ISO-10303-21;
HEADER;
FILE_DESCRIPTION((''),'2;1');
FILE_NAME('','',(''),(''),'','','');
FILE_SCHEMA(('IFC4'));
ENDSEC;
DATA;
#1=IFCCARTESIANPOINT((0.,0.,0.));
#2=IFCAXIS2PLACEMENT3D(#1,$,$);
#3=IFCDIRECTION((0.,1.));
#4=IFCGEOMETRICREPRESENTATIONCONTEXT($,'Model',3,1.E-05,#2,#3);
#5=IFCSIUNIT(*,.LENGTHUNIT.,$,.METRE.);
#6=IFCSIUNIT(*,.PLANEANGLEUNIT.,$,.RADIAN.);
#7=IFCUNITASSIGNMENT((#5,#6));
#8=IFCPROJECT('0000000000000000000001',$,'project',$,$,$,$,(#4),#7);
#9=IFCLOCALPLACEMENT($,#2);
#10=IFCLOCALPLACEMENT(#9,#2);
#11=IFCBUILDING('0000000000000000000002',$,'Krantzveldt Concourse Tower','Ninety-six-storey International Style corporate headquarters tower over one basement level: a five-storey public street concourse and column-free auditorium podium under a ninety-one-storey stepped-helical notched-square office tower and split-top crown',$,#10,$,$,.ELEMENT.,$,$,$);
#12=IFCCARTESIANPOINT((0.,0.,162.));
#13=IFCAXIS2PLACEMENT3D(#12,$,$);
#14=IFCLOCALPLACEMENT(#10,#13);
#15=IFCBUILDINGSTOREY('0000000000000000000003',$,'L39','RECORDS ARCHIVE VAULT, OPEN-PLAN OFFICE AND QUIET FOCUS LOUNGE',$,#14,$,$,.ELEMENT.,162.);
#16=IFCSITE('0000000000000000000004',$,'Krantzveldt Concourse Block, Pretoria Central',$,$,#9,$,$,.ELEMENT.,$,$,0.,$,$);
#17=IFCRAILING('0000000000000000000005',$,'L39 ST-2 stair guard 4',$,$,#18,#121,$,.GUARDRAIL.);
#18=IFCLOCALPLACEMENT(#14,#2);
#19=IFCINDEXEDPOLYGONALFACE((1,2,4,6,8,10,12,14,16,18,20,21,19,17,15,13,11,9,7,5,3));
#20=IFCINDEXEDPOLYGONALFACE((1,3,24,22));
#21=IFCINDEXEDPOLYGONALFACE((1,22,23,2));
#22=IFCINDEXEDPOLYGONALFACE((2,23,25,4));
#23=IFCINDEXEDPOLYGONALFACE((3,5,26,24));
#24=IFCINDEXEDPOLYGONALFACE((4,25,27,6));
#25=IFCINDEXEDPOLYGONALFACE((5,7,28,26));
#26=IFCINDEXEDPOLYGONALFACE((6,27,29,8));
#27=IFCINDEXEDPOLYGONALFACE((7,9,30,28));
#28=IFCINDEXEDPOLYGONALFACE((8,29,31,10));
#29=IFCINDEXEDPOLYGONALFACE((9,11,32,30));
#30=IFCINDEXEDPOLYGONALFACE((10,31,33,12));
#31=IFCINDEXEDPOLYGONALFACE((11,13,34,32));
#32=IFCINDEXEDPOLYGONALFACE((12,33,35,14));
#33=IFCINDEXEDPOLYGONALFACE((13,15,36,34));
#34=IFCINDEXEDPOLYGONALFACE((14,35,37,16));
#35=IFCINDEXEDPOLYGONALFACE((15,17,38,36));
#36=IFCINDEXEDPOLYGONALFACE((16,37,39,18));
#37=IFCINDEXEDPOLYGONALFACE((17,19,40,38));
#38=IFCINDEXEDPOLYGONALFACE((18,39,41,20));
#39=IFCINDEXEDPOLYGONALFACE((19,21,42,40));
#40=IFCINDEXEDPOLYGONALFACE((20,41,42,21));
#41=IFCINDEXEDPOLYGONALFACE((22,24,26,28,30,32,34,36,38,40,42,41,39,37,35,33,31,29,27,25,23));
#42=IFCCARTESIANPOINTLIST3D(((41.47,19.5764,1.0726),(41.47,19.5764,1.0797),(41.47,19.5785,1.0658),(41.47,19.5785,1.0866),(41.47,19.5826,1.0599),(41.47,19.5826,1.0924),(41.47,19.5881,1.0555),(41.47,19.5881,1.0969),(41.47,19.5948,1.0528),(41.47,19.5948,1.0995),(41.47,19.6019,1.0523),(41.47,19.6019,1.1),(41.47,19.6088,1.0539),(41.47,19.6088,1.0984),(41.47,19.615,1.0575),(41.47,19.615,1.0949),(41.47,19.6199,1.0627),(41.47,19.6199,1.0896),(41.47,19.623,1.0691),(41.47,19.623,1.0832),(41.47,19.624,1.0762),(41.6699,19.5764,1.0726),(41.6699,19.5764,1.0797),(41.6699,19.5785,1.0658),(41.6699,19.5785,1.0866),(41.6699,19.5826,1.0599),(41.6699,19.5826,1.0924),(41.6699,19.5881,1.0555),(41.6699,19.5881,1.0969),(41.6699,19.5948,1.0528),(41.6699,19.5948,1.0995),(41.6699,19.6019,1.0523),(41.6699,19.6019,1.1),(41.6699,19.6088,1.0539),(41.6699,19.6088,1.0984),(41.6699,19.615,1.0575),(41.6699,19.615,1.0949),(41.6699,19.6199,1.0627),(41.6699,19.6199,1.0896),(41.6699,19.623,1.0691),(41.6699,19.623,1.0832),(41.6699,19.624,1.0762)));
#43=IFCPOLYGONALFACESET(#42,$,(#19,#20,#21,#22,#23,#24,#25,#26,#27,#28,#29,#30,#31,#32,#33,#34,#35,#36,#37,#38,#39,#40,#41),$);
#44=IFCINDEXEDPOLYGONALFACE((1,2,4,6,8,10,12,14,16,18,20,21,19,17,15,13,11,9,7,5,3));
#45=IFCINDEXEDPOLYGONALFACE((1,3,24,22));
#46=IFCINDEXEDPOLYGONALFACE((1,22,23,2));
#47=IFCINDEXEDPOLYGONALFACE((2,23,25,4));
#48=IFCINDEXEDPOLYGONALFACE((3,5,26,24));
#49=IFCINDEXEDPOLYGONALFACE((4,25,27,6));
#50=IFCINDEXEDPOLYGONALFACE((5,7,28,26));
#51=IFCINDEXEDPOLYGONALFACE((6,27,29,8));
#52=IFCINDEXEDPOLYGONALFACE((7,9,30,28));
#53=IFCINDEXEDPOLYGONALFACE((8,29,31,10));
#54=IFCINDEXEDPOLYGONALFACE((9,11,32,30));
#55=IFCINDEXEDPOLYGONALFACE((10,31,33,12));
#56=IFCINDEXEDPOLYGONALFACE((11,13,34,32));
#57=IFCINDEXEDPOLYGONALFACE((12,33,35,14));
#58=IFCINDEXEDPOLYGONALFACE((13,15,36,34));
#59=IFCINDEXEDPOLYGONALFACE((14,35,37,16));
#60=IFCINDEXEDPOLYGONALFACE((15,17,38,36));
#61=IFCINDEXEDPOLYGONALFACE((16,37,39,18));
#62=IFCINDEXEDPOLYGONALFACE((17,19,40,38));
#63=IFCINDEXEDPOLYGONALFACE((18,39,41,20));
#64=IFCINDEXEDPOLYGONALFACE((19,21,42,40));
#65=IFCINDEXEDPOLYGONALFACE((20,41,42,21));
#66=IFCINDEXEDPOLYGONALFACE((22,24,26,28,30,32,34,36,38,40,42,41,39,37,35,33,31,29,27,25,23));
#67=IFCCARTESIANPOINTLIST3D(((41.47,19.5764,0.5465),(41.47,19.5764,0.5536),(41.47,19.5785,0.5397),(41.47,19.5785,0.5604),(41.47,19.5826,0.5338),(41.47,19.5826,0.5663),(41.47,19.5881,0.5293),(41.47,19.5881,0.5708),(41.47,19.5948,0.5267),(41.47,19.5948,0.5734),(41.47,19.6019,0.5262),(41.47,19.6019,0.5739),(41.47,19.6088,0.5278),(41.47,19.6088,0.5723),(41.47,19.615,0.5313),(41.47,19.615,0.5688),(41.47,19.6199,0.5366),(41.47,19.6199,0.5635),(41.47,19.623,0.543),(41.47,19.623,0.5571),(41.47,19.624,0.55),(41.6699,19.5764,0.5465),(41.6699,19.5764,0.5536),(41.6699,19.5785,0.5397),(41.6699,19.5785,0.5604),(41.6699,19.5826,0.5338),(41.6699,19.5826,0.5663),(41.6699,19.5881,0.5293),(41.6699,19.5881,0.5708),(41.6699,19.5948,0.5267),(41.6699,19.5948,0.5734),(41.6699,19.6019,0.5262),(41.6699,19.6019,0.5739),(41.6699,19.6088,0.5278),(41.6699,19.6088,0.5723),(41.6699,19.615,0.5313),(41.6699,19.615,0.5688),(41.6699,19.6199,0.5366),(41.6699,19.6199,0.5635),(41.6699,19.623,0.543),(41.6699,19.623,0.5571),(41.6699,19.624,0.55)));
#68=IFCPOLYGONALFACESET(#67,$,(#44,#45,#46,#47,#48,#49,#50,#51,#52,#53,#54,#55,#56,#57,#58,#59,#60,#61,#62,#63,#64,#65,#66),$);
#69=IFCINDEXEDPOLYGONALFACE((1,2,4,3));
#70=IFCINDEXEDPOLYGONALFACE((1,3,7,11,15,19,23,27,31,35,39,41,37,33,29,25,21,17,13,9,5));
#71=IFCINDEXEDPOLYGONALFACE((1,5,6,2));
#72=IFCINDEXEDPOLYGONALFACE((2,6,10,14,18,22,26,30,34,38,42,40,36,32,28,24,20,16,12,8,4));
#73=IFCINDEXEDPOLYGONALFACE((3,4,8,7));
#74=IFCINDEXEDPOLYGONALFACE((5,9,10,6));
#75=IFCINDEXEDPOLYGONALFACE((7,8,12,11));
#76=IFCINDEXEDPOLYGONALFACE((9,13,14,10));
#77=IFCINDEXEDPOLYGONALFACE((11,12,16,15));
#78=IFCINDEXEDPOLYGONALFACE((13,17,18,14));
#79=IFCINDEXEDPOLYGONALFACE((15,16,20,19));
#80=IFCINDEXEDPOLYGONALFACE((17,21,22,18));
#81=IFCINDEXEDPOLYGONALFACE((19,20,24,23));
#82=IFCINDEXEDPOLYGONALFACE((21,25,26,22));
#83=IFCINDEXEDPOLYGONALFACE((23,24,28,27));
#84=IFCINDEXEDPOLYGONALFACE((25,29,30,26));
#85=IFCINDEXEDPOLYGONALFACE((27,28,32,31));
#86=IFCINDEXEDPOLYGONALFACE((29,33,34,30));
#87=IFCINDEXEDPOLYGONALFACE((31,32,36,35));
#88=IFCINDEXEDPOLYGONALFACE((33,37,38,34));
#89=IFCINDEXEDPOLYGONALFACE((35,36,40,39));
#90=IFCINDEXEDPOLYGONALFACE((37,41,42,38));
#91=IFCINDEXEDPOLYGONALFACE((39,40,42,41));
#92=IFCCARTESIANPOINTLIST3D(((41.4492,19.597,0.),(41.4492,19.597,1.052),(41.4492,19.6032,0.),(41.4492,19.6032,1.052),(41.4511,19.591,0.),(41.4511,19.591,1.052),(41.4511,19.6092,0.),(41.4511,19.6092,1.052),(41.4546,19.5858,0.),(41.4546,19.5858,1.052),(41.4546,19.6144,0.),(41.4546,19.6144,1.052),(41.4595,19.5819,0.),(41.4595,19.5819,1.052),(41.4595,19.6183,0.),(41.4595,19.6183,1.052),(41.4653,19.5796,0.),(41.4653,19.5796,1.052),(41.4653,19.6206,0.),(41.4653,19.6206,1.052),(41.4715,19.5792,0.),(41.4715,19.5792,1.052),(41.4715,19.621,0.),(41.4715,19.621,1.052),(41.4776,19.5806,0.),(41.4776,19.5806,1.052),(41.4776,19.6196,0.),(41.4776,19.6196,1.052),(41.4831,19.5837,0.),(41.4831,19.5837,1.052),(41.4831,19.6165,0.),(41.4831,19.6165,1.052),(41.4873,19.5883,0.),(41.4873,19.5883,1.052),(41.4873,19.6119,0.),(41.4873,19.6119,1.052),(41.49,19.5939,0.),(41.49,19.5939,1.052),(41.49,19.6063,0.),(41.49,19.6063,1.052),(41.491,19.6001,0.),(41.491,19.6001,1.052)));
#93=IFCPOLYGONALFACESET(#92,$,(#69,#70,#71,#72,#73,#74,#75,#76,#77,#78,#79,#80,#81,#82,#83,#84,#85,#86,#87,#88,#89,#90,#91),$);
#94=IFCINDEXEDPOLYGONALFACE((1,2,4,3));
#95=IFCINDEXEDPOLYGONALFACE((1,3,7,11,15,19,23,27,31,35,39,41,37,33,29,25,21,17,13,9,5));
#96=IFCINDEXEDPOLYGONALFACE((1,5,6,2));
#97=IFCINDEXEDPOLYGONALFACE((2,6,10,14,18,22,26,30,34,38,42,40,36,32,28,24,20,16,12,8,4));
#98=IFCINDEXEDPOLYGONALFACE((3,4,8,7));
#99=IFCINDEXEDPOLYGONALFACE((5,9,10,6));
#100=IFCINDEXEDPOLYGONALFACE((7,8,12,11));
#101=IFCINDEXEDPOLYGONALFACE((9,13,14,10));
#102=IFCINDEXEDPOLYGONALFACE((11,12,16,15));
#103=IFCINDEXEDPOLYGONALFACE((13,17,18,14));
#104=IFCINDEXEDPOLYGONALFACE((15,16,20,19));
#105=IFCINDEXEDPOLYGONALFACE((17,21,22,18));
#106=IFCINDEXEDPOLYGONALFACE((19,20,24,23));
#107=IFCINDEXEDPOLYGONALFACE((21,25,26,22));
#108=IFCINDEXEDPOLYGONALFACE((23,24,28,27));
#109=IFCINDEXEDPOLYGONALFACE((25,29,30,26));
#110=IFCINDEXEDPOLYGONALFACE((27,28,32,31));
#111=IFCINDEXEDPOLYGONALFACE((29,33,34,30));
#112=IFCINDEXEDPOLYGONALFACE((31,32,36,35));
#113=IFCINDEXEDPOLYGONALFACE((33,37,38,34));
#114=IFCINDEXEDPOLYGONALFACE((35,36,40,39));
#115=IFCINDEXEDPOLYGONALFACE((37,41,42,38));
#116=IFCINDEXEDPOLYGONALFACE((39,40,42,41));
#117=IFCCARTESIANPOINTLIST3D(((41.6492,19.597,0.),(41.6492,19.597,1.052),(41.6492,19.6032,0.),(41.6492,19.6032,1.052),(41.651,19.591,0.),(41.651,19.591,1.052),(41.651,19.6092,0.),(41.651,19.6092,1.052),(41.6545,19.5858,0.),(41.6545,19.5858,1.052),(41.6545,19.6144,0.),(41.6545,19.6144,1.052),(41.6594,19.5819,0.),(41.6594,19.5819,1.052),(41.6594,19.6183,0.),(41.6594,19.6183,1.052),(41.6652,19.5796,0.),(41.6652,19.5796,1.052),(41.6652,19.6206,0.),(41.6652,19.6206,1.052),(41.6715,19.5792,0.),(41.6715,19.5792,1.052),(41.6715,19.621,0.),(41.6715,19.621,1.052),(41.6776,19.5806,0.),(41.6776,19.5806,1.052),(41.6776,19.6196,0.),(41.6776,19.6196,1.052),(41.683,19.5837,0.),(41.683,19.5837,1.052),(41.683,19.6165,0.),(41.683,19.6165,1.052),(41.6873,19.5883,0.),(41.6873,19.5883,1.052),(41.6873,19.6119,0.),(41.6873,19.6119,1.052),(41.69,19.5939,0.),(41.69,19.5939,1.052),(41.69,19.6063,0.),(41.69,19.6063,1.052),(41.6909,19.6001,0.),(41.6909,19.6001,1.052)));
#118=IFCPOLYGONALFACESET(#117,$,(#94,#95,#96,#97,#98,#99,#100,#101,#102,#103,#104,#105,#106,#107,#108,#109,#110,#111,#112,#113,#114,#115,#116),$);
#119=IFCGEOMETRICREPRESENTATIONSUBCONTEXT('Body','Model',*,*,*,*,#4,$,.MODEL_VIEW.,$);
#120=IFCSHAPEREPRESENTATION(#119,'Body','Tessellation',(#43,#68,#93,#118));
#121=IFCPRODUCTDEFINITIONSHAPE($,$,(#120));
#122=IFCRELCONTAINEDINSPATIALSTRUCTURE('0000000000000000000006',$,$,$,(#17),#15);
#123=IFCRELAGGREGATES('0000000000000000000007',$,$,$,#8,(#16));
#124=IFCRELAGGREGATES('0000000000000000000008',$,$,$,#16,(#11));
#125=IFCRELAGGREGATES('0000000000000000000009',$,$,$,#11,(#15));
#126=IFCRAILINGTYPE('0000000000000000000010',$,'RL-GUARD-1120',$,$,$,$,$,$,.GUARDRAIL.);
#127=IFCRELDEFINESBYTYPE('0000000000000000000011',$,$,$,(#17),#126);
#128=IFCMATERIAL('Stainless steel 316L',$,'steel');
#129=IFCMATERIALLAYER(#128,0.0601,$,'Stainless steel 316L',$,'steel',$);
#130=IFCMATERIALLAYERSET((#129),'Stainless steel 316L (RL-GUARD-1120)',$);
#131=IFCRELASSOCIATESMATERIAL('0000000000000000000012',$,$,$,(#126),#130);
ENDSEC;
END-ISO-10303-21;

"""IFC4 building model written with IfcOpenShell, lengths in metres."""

from ifc_helpers import new_model, si_unit, direction, frame, origin, origin_2d, place, context, subcontext, project, spatial, circle, extrude, material, layer, layer_set, type_object, element, save


model = new_model("IFC4")

# Units and contexts
model_context = context("Model", 3, precision=1e-05, world=origin(), true_north=direction((0.0, 1.0)))
body_context = subcontext(model_context, "Body", "Model", "MODEL_VIEW")
ifc_project = project(units=[si_unit("LENGTHUNIT", "METRE"), si_unit("PLANEANGLEUNIT", "RADIAN")], contexts=[model_context])

# Site, building, storey
site_placement = place(None, origin())
site = spatial("IfcSite", under=ifc_project, at=site_placement, Name="Krantzveldt Concourse Block, Pretoria Central", CompositionType="ELEMENT", RefElevation=0.0)
building_placement = place(site_placement, origin())
building = spatial("IfcBuilding", under=site, at=building_placement, Name="Krantzveldt Concourse Tower", Description="Ninety-six-storey International Style corporate headquarters tower over one basement level: a five-storey public street concourse and column-free auditorium podium under a ninety-one-storey stepped-helical notched-square office tower and split-top crown", CompositionType="ELEMENT")
storey_placement = place(building_placement, frame((0.0, 0.0, 162.0)))
storey = spatial("IfcBuildingStorey", under=building, at=storey_placement, Name="L39", Description="RECORDS ARCHIVE VAULT, OPEN-PLAN OFFICE AND QUIET FOCUS LOUNGE", CompositionType="ELEMENT", Elevation=162.0)

# Shared definitions
ifc_material_1 = material(Name="Stainless steel 316L", Category="steel")

# Railing
ifc_layer_1 = layer(ifc_material_1, 0.0601, Name="Stainless steel 316L", Category="steel")
ifc_layer_set_1 = layer_set([ifc_layer_1], Name="Stainless steel 316L (RL-GUARD-1120)")
railing_type_1 = type_object("IfcRailingType", Name="RL-GUARD-1120", PredefinedType="GUARDRAIL", material=ifc_layer_set_1)
railing_1_placement = place(storey_placement, frame((41.47, 19.6001, 0.0)))
element("IfcRailing", 1, at=railing_1_placement, inside=storey, type_object=railing_type_1, Name="L39 ST-2 stair guard 4", PredefinedType="GUARDRAIL", context=body_context, shape_type="SweptSolid", body=[
    extrude(circle(Radius=0.0239, at=origin_2d()), frame((0.0, 0.0, 1.0762), z_axis=(1.0, 0.0, 0.0), x_axis=(0.0, 1.0, 0.0)), (0.0, 0.0, 1.0), 0.2),
    extrude(circle(Radius=0.0239, at=origin_2d()), frame((0.0, 0.0, 0.55), z_axis=(1.0, 0.0, 0.0), x_axis=(0.0, 1.0, 0.0)), (0.0, 0.0, 1.0), 0.2),
    extrude(circle(Radius=0.021, at=origin_2d()), origin(), (0.0, 0.0, 1.0), 1.052),
    extrude(circle(Radius=0.021, at=origin_2d()), frame((0.2, 0.0, 0.0)), (0.0, 0.0, 1.0), 1.052),
])

save(model, "model.ifc")
